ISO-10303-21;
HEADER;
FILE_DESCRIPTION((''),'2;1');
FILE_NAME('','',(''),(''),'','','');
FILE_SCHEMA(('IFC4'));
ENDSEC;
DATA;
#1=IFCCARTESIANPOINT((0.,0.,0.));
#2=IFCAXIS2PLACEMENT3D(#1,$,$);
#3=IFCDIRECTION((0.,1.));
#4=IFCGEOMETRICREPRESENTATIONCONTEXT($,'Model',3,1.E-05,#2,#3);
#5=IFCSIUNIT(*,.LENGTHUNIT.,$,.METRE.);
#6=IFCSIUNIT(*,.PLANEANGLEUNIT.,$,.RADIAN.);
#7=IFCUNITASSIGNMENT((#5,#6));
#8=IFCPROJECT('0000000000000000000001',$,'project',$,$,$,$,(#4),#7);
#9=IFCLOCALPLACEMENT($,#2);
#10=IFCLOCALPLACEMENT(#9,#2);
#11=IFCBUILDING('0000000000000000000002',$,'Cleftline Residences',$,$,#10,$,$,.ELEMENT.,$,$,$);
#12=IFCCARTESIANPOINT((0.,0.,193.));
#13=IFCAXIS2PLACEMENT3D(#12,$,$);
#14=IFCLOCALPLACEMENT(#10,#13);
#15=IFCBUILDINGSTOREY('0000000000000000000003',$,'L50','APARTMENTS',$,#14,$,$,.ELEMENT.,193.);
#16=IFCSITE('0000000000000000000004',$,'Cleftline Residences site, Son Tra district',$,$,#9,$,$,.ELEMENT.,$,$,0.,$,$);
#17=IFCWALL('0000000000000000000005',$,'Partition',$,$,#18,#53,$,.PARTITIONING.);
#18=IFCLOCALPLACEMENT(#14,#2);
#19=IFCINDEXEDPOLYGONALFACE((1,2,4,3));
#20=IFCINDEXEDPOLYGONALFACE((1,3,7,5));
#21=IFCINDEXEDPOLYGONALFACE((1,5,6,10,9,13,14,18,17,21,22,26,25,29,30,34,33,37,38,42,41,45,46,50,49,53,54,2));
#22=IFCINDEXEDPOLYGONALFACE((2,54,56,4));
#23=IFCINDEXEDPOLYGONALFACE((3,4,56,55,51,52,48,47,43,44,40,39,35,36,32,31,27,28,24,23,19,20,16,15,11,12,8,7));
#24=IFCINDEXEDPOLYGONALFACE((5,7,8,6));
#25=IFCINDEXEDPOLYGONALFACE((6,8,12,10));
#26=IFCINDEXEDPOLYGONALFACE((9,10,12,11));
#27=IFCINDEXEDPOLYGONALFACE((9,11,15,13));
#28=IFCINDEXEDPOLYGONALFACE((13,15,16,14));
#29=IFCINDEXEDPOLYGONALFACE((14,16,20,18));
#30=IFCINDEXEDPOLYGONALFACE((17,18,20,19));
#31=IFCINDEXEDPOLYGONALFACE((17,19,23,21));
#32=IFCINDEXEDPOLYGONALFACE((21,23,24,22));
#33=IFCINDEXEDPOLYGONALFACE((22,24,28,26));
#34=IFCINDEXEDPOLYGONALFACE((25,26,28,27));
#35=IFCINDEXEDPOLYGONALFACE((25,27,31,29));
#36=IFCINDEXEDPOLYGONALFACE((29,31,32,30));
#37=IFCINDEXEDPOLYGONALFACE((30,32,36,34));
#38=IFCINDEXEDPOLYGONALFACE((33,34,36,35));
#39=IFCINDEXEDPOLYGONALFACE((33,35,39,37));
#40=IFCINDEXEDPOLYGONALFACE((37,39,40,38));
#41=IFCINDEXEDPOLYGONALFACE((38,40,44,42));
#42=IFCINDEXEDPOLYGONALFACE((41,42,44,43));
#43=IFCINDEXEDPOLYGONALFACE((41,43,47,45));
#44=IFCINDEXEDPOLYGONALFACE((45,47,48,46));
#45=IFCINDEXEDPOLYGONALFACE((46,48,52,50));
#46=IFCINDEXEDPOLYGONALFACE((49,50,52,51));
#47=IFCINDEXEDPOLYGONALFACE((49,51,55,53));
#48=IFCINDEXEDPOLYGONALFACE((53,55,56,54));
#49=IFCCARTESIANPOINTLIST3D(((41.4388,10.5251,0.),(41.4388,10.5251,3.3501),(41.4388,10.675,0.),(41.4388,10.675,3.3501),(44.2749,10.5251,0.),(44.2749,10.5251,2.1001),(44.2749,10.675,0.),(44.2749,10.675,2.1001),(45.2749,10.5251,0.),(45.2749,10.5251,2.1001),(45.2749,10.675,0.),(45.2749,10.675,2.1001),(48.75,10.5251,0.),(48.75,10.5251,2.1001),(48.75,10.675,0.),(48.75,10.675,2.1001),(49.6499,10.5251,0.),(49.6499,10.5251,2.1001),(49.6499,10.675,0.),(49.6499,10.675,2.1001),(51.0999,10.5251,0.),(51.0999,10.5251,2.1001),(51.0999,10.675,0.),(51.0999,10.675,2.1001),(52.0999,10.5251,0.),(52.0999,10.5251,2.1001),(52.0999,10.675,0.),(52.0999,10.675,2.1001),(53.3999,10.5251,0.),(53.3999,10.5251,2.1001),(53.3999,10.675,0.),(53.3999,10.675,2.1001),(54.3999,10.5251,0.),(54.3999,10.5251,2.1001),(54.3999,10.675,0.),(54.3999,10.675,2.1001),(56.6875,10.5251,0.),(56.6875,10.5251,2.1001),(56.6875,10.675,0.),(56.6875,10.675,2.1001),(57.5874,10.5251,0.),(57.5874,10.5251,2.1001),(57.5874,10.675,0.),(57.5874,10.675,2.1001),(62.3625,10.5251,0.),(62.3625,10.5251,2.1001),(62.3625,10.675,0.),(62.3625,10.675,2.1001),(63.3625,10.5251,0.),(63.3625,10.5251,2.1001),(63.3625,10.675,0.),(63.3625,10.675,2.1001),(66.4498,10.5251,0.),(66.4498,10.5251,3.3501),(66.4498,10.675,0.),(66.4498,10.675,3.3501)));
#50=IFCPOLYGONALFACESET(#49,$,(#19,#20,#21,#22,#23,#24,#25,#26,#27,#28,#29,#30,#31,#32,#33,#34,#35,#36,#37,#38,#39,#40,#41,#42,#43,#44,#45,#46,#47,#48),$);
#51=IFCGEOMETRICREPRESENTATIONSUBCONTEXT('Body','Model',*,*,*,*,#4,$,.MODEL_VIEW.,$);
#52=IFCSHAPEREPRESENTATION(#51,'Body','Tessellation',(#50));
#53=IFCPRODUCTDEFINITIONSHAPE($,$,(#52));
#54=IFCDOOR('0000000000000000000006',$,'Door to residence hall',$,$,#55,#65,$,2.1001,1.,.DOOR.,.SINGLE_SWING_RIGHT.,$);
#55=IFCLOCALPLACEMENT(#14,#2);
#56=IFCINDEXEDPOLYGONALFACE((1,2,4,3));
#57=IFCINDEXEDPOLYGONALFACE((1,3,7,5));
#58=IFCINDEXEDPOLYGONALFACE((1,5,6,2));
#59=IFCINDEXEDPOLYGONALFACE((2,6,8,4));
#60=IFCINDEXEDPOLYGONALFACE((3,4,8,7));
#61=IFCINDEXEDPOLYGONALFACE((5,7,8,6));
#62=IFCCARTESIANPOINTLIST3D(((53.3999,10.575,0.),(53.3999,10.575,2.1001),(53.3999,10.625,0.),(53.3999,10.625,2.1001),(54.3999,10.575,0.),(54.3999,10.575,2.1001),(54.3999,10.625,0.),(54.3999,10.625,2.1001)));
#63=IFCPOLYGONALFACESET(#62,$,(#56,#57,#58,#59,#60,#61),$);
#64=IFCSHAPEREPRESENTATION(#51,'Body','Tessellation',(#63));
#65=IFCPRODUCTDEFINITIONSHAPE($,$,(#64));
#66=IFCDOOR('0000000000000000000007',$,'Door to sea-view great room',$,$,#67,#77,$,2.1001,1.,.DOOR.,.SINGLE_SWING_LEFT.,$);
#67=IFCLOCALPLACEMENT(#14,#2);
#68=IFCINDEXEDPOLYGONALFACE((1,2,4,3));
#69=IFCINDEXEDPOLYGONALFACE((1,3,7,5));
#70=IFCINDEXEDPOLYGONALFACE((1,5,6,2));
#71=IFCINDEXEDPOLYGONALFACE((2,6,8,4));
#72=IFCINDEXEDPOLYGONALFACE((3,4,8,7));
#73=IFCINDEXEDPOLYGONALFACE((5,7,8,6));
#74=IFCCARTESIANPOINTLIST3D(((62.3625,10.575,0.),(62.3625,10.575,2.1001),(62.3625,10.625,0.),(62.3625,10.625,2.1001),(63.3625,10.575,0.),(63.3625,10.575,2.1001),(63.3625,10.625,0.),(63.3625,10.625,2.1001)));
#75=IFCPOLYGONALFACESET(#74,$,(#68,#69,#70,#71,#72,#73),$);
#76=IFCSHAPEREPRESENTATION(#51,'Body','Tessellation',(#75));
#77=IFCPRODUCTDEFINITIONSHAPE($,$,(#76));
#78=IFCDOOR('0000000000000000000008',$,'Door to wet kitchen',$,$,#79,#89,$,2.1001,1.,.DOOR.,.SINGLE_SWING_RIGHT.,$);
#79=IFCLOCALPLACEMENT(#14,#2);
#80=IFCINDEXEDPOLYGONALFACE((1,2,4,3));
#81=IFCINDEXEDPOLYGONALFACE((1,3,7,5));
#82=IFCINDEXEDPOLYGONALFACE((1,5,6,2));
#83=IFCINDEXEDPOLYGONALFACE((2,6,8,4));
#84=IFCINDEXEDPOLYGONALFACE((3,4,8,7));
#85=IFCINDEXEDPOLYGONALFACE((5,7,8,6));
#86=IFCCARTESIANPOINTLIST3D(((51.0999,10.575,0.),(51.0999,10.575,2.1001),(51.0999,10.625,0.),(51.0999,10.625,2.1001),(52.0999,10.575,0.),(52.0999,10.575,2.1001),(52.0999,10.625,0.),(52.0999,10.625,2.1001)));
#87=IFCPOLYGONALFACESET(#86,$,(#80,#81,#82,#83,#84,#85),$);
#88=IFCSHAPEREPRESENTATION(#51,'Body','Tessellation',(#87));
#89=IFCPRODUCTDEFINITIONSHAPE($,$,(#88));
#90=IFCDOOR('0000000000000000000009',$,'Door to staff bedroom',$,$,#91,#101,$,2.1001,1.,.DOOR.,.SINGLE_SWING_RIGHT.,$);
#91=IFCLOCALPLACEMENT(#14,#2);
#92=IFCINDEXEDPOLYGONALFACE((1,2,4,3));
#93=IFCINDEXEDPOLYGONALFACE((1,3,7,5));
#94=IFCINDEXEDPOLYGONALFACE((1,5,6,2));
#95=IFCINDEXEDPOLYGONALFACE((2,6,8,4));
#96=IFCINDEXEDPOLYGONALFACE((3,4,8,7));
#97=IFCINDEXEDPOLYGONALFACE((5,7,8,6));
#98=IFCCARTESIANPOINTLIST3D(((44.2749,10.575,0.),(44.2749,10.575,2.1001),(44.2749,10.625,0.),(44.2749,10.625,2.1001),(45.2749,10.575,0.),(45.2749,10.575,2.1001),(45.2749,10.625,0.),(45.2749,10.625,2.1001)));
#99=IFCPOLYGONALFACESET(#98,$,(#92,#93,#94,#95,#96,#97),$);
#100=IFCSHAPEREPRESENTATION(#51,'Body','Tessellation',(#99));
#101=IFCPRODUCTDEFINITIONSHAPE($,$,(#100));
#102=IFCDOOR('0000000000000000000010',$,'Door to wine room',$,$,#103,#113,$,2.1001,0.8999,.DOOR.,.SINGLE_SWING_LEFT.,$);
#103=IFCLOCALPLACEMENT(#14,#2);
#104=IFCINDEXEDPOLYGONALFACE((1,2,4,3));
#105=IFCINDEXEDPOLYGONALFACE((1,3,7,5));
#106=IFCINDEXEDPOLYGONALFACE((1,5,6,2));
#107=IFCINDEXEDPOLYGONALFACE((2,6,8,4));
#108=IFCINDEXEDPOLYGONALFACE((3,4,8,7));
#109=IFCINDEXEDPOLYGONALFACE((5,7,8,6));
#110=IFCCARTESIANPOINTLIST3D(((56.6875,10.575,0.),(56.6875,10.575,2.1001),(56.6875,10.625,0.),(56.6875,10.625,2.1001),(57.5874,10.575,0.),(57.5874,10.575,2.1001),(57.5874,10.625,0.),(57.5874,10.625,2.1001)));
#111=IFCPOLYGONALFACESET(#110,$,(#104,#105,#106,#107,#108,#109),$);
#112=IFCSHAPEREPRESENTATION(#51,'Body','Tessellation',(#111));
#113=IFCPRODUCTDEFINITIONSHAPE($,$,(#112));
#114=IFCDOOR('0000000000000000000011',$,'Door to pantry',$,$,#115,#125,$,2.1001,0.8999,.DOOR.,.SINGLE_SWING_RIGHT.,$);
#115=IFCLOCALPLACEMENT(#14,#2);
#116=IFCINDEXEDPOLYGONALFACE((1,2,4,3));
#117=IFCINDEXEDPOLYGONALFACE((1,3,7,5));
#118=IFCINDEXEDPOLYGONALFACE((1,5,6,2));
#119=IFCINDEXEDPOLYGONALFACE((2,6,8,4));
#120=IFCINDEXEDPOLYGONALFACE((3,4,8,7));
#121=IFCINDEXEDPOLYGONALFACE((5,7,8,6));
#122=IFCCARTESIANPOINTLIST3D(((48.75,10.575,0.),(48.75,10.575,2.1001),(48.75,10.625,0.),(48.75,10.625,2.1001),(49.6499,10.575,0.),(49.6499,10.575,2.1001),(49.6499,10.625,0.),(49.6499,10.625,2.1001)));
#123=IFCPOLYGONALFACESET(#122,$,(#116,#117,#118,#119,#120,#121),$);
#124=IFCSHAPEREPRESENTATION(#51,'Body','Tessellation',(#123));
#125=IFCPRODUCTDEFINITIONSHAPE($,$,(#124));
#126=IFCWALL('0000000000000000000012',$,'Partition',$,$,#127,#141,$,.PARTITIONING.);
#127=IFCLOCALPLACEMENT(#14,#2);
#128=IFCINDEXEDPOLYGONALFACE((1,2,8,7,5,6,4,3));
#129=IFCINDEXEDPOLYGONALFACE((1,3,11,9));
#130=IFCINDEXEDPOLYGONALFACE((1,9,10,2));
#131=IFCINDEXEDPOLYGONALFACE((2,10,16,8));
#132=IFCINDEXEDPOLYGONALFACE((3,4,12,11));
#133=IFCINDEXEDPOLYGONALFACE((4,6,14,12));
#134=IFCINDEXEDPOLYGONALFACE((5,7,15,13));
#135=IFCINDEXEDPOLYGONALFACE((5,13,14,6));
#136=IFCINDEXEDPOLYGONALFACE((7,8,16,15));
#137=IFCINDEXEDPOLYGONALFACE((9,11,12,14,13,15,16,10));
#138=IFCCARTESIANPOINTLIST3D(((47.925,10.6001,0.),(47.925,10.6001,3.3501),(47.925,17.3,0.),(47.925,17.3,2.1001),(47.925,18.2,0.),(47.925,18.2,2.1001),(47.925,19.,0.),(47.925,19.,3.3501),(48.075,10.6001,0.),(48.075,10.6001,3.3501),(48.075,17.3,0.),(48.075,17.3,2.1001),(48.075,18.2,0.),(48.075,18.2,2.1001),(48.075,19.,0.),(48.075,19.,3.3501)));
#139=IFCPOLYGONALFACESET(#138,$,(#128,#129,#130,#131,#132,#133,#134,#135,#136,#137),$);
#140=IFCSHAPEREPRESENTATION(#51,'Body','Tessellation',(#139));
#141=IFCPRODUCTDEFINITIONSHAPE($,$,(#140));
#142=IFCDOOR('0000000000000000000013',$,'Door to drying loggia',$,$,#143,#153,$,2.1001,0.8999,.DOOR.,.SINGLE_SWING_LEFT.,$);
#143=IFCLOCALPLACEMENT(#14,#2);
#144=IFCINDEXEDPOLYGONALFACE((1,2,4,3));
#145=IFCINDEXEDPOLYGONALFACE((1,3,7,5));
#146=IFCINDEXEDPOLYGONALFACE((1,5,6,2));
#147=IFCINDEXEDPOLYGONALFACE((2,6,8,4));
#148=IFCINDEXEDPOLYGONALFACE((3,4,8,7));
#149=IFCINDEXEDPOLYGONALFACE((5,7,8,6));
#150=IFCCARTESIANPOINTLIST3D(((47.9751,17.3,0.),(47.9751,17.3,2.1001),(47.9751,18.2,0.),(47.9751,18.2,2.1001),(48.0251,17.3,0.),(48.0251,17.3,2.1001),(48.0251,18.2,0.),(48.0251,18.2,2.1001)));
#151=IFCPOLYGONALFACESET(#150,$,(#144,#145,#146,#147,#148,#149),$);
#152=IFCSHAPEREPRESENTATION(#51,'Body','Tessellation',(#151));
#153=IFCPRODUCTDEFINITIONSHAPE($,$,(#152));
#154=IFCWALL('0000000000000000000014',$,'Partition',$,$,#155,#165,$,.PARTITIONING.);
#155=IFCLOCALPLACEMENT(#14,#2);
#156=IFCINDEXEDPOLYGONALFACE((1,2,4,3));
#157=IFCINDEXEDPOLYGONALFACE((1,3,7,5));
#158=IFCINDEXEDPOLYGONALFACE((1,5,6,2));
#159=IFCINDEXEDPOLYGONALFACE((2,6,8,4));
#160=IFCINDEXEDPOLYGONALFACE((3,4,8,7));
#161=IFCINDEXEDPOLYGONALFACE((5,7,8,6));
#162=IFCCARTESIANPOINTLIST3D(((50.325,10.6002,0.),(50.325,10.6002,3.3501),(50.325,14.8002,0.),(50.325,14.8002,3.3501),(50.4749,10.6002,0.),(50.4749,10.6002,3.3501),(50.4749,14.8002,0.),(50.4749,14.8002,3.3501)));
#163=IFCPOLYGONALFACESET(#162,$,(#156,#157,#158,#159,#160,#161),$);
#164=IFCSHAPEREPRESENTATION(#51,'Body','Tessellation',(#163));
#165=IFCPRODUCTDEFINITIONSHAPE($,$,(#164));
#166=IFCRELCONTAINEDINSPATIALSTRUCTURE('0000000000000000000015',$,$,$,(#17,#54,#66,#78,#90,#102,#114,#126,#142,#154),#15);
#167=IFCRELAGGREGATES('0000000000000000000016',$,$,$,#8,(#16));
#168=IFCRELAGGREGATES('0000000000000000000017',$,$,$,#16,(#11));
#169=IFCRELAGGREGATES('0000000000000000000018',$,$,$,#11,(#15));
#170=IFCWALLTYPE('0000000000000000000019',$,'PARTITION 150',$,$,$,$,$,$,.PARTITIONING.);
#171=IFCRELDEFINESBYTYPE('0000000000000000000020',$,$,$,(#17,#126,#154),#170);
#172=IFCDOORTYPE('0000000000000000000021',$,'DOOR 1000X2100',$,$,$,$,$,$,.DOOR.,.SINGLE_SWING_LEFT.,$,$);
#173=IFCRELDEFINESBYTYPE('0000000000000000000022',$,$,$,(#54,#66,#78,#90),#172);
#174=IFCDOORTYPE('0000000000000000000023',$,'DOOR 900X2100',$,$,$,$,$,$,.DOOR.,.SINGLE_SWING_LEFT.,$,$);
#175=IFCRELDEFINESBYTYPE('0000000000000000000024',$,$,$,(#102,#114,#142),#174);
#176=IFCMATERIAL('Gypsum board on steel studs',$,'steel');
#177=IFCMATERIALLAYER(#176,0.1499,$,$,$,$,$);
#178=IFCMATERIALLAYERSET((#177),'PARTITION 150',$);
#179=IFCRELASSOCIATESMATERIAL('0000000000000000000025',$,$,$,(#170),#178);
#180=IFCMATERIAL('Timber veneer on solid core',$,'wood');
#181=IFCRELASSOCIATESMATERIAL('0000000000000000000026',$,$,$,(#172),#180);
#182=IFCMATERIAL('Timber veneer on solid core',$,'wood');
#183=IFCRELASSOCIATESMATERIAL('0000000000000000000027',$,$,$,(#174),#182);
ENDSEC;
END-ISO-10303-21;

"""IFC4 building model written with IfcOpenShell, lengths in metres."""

from ifc_helpers import new_model, si_unit, direction, frame, frame_2d, origin, place, context, subcontext, project, spatial, rectangle, extrude, material, layer, layer_set, type_object, element, fill, save


model = new_model("IFC4")

# Units and contexts
model_context = context("Model", 3, precision=1e-05, world=origin(), true_north=direction((0.0, 1.0)))
body_context = subcontext(model_context, "Body", "Model", "MODEL_VIEW")
ifc_project = project(units=[si_unit("LENGTHUNIT", "METRE"), si_unit("PLANEANGLEUNIT", "RADIAN")], contexts=[model_context])

# Site, building, storey
site_placement = place(None, origin())
site = spatial("IfcSite", under=ifc_project, at=site_placement, Name="Cleftline Residences site, Son Tra district", CompositionType="ELEMENT", RefElevation=0.0)
building_placement = place(site_placement, origin())
building = spatial("IfcBuilding", under=site, at=building_placement, Name="Cleftline Residences", CompositionType="ELEMENT")
storey_placement = place(building_placement, frame((0.0, 0.0, 193.0)))
storey = spatial("IfcBuildingStorey", under=building, at=storey_placement, Name="L50", Description="APARTMENTS", CompositionType="ELEMENT", Elevation=193.0)

# Shared definitions
ifc_material_1 = material(Name="Gypsum board on steel studs", Category="steel")
ifc_layer_1 = layer(ifc_material_1, 0.1499)
ifc_layer_set_1 = layer_set([ifc_layer_1], Name="PARTITION 150")
wall_type = type_object("IfcWallType", Name="PARTITION 150", PredefinedType="PARTITIONING", material=ifc_layer_set_1)
ifc_material_2 = material(Name="Timber veneer on solid core", Category="wood")
door_type_1 = type_object("IfcDoorType", Name="DOOR 1000X2100", OperationType="SINGLE_SWING_LEFT", PredefinedType="DOOR", material=ifc_material_2)

# Wall, openings, doors
wall_1_placement = place(storey_placement, frame((41.439, 10.6001, 0.0), z_axis=(0.0, 0.0, 1.0), x_axis=(1.0, 0.0, 0.0)))
wall_1 = element("IfcWall", 1, at=wall_1_placement, inside=storey, type_object=wall_type, Name="Partition", PredefinedType="PARTITIONING", context=body_context, shape_type="SweptSolid", body=[
    extrude(rectangle(XDim=25.011, YDim=0.1499, at=frame_2d((12.5054, 0.0))), origin(), (0.0, 0.0, 1.0), 3.3501),
])
opening_1_placement = place(wall_1_placement, frame((11.9609, 0.0, 0.0)))
opening_1 = element("IfcOpeningElement", 2, at=opening_1_placement, cuts=wall_1, PredefinedType="OPENING", context=body_context, shape_type="SweptSolid", body=[
    extrude(rectangle(XDim=1.0, YDim=2.1001, at=frame_2d((0.5, 1.05))), frame((0.0, 0.085, 0.0), z_axis=(0.0, -1.0, 0.0), x_axis=(1.0, 0.0, 0.0)), (0.0, 0.0, 1.0), 0.1699),
])
opening_2_placement = place(wall_1_placement, frame((20.9236, 0.0, 0.0)))
opening_2 = element("IfcOpeningElement", 3, at=opening_2_placement, cuts=wall_1, PredefinedType="OPENING", context=body_context, shape_type="SweptSolid", body=[
    extrude(rectangle(XDim=1.0, YDim=2.1001, at=frame_2d((0.5, 1.05))), frame((0.0, 0.085, 0.0), z_axis=(0.0, -1.0, 0.0), x_axis=(1.0, 0.0, 0.0)), (0.0, 0.0, 1.0), 0.1699),
])
opening_3_placement = place(wall_1_placement, frame((15.2485, 0.0, 0.0)))
opening_3 = element("IfcOpeningElement", 4, at=opening_3_placement, cuts=wall_1, PredefinedType="OPENING", context=body_context, shape_type="SweptSolid", body=[
    extrude(rectangle(XDim=0.8999, YDim=2.1001, at=frame_2d((0.45, 1.05))), frame((0.0, 0.085, 0.0), z_axis=(0.0, -1.0, 0.0), x_axis=(1.0, 0.0, 0.0)), (0.0, 0.0, 1.0), 0.1699),
])
opening_4_placement = place(wall_1_placement, frame((9.6609, 0.0, 0.0)))
opening_4 = element("IfcOpeningElement", 5, at=opening_4_placement, cuts=wall_1, PredefinedType="OPENING", context=body_context, shape_type="SweptSolid", body=[
    extrude(rectangle(XDim=1.0, YDim=2.1001, at=frame_2d((0.5, 1.05))), frame((0.0, 0.085, 0.0), z_axis=(0.0, -1.0, 0.0), x_axis=(1.0, 0.0, 0.0)), (0.0, 0.0, 1.0), 0.1699),
])
opening_5_placement = place(wall_1_placement, frame((7.311, 0.0, 0.0)))
opening_5 = element("IfcOpeningElement", 6, at=opening_5_placement, cuts=wall_1, PredefinedType="OPENING", context=body_context, shape_type="SweptSolid", body=[
    extrude(rectangle(XDim=0.8999, YDim=2.1001, at=frame_2d((0.45, 1.05))), frame((0.0, 0.085, 0.0), z_axis=(0.0, -1.0, 0.0), x_axis=(1.0, 0.0, 0.0)), (0.0, 0.0, 1.0), 0.1699),
])
opening_6_placement = place(wall_1_placement, frame((2.8359, 0.0, 0.0)))
opening_6 = element("IfcOpeningElement", 7, at=opening_6_placement, cuts=wall_1, PredefinedType="OPENING", context=body_context, shape_type="SweptSolid", body=[
    extrude(rectangle(XDim=1.0, YDim=2.1001, at=frame_2d((0.5, 1.05))), frame((0.0, 0.085, 0.0), z_axis=(0.0, -1.0, 0.0), x_axis=(1.0, 0.0, 0.0)), (0.0, 0.0, 1.0), 0.1699),
])
door_1_placement = place(opening_1_placement, origin())
door_1 = element("IfcDoor", 8, at=door_1_placement, inside=storey, type_object=door_type_1, Name="Door to residence hall", OperationType="SINGLE_SWING_RIGHT", OverallHeight=2.1001, OverallWidth=1.0, PredefinedType="DOOR", context=body_context, shape_type="SweptSolid", body=[
    extrude(rectangle(XDim=1.0, YDim=2.1001, at=frame_2d((0.5, 1.05))), frame((0.0, 0.0249, 0.0), z_axis=(0.0, -1.0, 0.0), x_axis=(1.0, 0.0, 0.0)), (0.0, 0.0, 1.0), 0.05),
])
fill(opening_1, door_1)
door_2_placement = place(opening_2_placement, origin())
door_2 = element("IfcDoor", 9, at=door_2_placement, inside=storey, type_object=door_type_1, Name="Door to sea-view great room", OperationType="SINGLE_SWING_LEFT", OverallHeight=2.1001, OverallWidth=1.0, PredefinedType="DOOR", context=body_context, shape_type="SweptSolid", body=[
    extrude(rectangle(XDim=1.0, YDim=2.1001, at=frame_2d((0.5, 1.05))), frame((0.0, 0.0249, 0.0), z_axis=(0.0, -1.0, 0.0), x_axis=(1.0, 0.0, 0.0)), (0.0, 0.0, 1.0), 0.05),
])
fill(opening_2, door_2)
door_3_placement = place(opening_4_placement, origin())
door_3 = element("IfcDoor", 10, at=door_3_placement, inside=storey, type_object=door_type_1, Name="Door to wet kitchen", OperationType="SINGLE_SWING_RIGHT", OverallHeight=2.1001, OverallWidth=1.0, PredefinedType="DOOR", context=body_context, shape_type="SweptSolid", body=[
    extrude(rectangle(XDim=1.0, YDim=2.1001, at=frame_2d((0.5, 1.05))), frame((0.0, 0.0249, 0.0), z_axis=(0.0, -1.0, 0.0), x_axis=(1.0, 0.0, 0.0)), (0.0, 0.0, 1.0), 0.05),
])
fill(opening_4, door_3)
door_4_placement = place(opening_6_placement, origin())
door_4 = element("IfcDoor", 11, at=door_4_placement, inside=storey, type_object=door_type_1, Name="Door to staff bedroom", OperationType="SINGLE_SWING_RIGHT", OverallHeight=2.1001, OverallWidth=1.0, PredefinedType="DOOR", context=body_context, shape_type="SweptSolid", body=[
    extrude(rectangle(XDim=1.0, YDim=2.1001, at=frame_2d((0.5, 1.05))), frame((0.0, 0.0249, 0.0), z_axis=(0.0, -1.0, 0.0), x_axis=(1.0, 0.0, 0.0)), (0.0, 0.0, 1.0), 0.05),
])
fill(opening_6, door_4)
ifc_material_3 = material(Name="Timber veneer on solid core", Category="wood")
door_type_2 = type_object("IfcDoorType", Name="DOOR 900X2100", OperationType="SINGLE_SWING_LEFT", PredefinedType="DOOR", material=ifc_material_3)
door_5_placement = place(opening_3_placement, origin())
door_5 = element("IfcDoor", 12, at=door_5_placement, inside=storey, type_object=door_type_2, Name="Door to wine room", OperationType="SINGLE_SWING_LEFT", OverallHeight=2.1001, OverallWidth=0.8999, PredefinedType="DOOR", context=body_context, shape_type="SweptSolid", body=[
    extrude(rectangle(XDim=0.8999, YDim=2.1001, at=frame_2d((0.45, 1.05))), frame((0.0, 0.0249, 0.0), z_axis=(0.0, -1.0, 0.0), x_axis=(1.0, 0.0, 0.0)), (0.0, 0.0, 1.0), 0.05),
])
fill(opening_3, door_5)
door_6_placement = place(opening_5_placement, origin())
door_6 = element("IfcDoor", 13, at=door_6_placement, inside=storey, type_object=door_type_2, Name="Door to pantry", OperationType="SINGLE_SWING_RIGHT", OverallHeight=2.1001, OverallWidth=0.8999, PredefinedType="DOOR", context=body_context, shape_type="SweptSolid", body=[
    extrude(rectangle(XDim=0.8999, YDim=2.1001, at=frame_2d((0.45, 1.05))), frame((0.0, 0.0249, 0.0), z_axis=(0.0, -1.0, 0.0), x_axis=(1.0, 0.0, 0.0)), (0.0, 0.0, 1.0), 0.05),
])
fill(opening_5, door_6)

# Wall, opening, door
wall_2_placement = place(storey_placement, frame((48.0, 10.6001, 0.0), z_axis=(0.0, 0.0, 1.0), x_axis=(0.0, 1.0, 0.0)))
wall_2 = element("IfcWall", 14, at=wall_2_placement, inside=storey, type_object=wall_type, Name="Partition", PredefinedType="PARTITIONING", context=body_context, shape_type="SweptSolid", body=[
    extrude(rectangle(XDim=8.3999, YDim=0.1499, at=frame_2d((4.2, 0.0))), origin(), (0.0, 0.0, 1.0), 3.3501),
])
opening_7_placement = place(wall_2_placement, frame((6.7, 0.0, 0.0)))
opening_7 = element("IfcOpeningElement", 15, at=opening_7_placement, cuts=wall_2, PredefinedType="OPENING", context=body_context, shape_type="SweptSolid", body=[
    extrude(rectangle(XDim=0.8999, YDim=2.1001, at=frame_2d((0.45, 1.05))), frame((0.0, 0.085, 0.0), z_axis=(0.0, -1.0, 0.0), x_axis=(1.0, 0.0, 0.0)), (0.0, 0.0, 1.0), 0.1699),
])
door_7_placement = place(opening_7_placement, origin())
door_7 = element("IfcDoor", 16, at=door_7_placement, inside=storey, type_object=door_type_2, Name="Door to drying loggia", OperationType="SINGLE_SWING_LEFT", OverallHeight=2.1001, OverallWidth=0.8999, PredefinedType="DOOR", context=body_context, shape_type="SweptSolid", body=[
    extrude(rectangle(XDim=0.8999, YDim=2.1001, at=frame_2d((0.45, 1.05))), frame((0.0, 0.0249, 0.0), z_axis=(0.0, -1.0, 0.0), x_axis=(1.0, 0.0, 0.0)), (0.0, 0.0, 1.0), 0.05),
])
fill(opening_7, door_7)

# Wall
wall_3_placement = place(storey_placement, frame((50.3999, 10.6001, 0.0), z_axis=(0.0, 0.0, 1.0), x_axis=(0.0, 1.0, 0.0)))
element("IfcWall", 17, at=wall_3_placement, inside=storey, type_object=wall_type, Name="Partition", PredefinedType="PARTITIONING", context=body_context, shape_type="SweptSolid", body=[
    extrude(rectangle(XDim=4.2, YDim=0.1499, at=frame_2d((2.1001, 0.0))), origin(), (0.0, 0.0, 1.0), 3.3501),
])

save(model, "model.ifc")
